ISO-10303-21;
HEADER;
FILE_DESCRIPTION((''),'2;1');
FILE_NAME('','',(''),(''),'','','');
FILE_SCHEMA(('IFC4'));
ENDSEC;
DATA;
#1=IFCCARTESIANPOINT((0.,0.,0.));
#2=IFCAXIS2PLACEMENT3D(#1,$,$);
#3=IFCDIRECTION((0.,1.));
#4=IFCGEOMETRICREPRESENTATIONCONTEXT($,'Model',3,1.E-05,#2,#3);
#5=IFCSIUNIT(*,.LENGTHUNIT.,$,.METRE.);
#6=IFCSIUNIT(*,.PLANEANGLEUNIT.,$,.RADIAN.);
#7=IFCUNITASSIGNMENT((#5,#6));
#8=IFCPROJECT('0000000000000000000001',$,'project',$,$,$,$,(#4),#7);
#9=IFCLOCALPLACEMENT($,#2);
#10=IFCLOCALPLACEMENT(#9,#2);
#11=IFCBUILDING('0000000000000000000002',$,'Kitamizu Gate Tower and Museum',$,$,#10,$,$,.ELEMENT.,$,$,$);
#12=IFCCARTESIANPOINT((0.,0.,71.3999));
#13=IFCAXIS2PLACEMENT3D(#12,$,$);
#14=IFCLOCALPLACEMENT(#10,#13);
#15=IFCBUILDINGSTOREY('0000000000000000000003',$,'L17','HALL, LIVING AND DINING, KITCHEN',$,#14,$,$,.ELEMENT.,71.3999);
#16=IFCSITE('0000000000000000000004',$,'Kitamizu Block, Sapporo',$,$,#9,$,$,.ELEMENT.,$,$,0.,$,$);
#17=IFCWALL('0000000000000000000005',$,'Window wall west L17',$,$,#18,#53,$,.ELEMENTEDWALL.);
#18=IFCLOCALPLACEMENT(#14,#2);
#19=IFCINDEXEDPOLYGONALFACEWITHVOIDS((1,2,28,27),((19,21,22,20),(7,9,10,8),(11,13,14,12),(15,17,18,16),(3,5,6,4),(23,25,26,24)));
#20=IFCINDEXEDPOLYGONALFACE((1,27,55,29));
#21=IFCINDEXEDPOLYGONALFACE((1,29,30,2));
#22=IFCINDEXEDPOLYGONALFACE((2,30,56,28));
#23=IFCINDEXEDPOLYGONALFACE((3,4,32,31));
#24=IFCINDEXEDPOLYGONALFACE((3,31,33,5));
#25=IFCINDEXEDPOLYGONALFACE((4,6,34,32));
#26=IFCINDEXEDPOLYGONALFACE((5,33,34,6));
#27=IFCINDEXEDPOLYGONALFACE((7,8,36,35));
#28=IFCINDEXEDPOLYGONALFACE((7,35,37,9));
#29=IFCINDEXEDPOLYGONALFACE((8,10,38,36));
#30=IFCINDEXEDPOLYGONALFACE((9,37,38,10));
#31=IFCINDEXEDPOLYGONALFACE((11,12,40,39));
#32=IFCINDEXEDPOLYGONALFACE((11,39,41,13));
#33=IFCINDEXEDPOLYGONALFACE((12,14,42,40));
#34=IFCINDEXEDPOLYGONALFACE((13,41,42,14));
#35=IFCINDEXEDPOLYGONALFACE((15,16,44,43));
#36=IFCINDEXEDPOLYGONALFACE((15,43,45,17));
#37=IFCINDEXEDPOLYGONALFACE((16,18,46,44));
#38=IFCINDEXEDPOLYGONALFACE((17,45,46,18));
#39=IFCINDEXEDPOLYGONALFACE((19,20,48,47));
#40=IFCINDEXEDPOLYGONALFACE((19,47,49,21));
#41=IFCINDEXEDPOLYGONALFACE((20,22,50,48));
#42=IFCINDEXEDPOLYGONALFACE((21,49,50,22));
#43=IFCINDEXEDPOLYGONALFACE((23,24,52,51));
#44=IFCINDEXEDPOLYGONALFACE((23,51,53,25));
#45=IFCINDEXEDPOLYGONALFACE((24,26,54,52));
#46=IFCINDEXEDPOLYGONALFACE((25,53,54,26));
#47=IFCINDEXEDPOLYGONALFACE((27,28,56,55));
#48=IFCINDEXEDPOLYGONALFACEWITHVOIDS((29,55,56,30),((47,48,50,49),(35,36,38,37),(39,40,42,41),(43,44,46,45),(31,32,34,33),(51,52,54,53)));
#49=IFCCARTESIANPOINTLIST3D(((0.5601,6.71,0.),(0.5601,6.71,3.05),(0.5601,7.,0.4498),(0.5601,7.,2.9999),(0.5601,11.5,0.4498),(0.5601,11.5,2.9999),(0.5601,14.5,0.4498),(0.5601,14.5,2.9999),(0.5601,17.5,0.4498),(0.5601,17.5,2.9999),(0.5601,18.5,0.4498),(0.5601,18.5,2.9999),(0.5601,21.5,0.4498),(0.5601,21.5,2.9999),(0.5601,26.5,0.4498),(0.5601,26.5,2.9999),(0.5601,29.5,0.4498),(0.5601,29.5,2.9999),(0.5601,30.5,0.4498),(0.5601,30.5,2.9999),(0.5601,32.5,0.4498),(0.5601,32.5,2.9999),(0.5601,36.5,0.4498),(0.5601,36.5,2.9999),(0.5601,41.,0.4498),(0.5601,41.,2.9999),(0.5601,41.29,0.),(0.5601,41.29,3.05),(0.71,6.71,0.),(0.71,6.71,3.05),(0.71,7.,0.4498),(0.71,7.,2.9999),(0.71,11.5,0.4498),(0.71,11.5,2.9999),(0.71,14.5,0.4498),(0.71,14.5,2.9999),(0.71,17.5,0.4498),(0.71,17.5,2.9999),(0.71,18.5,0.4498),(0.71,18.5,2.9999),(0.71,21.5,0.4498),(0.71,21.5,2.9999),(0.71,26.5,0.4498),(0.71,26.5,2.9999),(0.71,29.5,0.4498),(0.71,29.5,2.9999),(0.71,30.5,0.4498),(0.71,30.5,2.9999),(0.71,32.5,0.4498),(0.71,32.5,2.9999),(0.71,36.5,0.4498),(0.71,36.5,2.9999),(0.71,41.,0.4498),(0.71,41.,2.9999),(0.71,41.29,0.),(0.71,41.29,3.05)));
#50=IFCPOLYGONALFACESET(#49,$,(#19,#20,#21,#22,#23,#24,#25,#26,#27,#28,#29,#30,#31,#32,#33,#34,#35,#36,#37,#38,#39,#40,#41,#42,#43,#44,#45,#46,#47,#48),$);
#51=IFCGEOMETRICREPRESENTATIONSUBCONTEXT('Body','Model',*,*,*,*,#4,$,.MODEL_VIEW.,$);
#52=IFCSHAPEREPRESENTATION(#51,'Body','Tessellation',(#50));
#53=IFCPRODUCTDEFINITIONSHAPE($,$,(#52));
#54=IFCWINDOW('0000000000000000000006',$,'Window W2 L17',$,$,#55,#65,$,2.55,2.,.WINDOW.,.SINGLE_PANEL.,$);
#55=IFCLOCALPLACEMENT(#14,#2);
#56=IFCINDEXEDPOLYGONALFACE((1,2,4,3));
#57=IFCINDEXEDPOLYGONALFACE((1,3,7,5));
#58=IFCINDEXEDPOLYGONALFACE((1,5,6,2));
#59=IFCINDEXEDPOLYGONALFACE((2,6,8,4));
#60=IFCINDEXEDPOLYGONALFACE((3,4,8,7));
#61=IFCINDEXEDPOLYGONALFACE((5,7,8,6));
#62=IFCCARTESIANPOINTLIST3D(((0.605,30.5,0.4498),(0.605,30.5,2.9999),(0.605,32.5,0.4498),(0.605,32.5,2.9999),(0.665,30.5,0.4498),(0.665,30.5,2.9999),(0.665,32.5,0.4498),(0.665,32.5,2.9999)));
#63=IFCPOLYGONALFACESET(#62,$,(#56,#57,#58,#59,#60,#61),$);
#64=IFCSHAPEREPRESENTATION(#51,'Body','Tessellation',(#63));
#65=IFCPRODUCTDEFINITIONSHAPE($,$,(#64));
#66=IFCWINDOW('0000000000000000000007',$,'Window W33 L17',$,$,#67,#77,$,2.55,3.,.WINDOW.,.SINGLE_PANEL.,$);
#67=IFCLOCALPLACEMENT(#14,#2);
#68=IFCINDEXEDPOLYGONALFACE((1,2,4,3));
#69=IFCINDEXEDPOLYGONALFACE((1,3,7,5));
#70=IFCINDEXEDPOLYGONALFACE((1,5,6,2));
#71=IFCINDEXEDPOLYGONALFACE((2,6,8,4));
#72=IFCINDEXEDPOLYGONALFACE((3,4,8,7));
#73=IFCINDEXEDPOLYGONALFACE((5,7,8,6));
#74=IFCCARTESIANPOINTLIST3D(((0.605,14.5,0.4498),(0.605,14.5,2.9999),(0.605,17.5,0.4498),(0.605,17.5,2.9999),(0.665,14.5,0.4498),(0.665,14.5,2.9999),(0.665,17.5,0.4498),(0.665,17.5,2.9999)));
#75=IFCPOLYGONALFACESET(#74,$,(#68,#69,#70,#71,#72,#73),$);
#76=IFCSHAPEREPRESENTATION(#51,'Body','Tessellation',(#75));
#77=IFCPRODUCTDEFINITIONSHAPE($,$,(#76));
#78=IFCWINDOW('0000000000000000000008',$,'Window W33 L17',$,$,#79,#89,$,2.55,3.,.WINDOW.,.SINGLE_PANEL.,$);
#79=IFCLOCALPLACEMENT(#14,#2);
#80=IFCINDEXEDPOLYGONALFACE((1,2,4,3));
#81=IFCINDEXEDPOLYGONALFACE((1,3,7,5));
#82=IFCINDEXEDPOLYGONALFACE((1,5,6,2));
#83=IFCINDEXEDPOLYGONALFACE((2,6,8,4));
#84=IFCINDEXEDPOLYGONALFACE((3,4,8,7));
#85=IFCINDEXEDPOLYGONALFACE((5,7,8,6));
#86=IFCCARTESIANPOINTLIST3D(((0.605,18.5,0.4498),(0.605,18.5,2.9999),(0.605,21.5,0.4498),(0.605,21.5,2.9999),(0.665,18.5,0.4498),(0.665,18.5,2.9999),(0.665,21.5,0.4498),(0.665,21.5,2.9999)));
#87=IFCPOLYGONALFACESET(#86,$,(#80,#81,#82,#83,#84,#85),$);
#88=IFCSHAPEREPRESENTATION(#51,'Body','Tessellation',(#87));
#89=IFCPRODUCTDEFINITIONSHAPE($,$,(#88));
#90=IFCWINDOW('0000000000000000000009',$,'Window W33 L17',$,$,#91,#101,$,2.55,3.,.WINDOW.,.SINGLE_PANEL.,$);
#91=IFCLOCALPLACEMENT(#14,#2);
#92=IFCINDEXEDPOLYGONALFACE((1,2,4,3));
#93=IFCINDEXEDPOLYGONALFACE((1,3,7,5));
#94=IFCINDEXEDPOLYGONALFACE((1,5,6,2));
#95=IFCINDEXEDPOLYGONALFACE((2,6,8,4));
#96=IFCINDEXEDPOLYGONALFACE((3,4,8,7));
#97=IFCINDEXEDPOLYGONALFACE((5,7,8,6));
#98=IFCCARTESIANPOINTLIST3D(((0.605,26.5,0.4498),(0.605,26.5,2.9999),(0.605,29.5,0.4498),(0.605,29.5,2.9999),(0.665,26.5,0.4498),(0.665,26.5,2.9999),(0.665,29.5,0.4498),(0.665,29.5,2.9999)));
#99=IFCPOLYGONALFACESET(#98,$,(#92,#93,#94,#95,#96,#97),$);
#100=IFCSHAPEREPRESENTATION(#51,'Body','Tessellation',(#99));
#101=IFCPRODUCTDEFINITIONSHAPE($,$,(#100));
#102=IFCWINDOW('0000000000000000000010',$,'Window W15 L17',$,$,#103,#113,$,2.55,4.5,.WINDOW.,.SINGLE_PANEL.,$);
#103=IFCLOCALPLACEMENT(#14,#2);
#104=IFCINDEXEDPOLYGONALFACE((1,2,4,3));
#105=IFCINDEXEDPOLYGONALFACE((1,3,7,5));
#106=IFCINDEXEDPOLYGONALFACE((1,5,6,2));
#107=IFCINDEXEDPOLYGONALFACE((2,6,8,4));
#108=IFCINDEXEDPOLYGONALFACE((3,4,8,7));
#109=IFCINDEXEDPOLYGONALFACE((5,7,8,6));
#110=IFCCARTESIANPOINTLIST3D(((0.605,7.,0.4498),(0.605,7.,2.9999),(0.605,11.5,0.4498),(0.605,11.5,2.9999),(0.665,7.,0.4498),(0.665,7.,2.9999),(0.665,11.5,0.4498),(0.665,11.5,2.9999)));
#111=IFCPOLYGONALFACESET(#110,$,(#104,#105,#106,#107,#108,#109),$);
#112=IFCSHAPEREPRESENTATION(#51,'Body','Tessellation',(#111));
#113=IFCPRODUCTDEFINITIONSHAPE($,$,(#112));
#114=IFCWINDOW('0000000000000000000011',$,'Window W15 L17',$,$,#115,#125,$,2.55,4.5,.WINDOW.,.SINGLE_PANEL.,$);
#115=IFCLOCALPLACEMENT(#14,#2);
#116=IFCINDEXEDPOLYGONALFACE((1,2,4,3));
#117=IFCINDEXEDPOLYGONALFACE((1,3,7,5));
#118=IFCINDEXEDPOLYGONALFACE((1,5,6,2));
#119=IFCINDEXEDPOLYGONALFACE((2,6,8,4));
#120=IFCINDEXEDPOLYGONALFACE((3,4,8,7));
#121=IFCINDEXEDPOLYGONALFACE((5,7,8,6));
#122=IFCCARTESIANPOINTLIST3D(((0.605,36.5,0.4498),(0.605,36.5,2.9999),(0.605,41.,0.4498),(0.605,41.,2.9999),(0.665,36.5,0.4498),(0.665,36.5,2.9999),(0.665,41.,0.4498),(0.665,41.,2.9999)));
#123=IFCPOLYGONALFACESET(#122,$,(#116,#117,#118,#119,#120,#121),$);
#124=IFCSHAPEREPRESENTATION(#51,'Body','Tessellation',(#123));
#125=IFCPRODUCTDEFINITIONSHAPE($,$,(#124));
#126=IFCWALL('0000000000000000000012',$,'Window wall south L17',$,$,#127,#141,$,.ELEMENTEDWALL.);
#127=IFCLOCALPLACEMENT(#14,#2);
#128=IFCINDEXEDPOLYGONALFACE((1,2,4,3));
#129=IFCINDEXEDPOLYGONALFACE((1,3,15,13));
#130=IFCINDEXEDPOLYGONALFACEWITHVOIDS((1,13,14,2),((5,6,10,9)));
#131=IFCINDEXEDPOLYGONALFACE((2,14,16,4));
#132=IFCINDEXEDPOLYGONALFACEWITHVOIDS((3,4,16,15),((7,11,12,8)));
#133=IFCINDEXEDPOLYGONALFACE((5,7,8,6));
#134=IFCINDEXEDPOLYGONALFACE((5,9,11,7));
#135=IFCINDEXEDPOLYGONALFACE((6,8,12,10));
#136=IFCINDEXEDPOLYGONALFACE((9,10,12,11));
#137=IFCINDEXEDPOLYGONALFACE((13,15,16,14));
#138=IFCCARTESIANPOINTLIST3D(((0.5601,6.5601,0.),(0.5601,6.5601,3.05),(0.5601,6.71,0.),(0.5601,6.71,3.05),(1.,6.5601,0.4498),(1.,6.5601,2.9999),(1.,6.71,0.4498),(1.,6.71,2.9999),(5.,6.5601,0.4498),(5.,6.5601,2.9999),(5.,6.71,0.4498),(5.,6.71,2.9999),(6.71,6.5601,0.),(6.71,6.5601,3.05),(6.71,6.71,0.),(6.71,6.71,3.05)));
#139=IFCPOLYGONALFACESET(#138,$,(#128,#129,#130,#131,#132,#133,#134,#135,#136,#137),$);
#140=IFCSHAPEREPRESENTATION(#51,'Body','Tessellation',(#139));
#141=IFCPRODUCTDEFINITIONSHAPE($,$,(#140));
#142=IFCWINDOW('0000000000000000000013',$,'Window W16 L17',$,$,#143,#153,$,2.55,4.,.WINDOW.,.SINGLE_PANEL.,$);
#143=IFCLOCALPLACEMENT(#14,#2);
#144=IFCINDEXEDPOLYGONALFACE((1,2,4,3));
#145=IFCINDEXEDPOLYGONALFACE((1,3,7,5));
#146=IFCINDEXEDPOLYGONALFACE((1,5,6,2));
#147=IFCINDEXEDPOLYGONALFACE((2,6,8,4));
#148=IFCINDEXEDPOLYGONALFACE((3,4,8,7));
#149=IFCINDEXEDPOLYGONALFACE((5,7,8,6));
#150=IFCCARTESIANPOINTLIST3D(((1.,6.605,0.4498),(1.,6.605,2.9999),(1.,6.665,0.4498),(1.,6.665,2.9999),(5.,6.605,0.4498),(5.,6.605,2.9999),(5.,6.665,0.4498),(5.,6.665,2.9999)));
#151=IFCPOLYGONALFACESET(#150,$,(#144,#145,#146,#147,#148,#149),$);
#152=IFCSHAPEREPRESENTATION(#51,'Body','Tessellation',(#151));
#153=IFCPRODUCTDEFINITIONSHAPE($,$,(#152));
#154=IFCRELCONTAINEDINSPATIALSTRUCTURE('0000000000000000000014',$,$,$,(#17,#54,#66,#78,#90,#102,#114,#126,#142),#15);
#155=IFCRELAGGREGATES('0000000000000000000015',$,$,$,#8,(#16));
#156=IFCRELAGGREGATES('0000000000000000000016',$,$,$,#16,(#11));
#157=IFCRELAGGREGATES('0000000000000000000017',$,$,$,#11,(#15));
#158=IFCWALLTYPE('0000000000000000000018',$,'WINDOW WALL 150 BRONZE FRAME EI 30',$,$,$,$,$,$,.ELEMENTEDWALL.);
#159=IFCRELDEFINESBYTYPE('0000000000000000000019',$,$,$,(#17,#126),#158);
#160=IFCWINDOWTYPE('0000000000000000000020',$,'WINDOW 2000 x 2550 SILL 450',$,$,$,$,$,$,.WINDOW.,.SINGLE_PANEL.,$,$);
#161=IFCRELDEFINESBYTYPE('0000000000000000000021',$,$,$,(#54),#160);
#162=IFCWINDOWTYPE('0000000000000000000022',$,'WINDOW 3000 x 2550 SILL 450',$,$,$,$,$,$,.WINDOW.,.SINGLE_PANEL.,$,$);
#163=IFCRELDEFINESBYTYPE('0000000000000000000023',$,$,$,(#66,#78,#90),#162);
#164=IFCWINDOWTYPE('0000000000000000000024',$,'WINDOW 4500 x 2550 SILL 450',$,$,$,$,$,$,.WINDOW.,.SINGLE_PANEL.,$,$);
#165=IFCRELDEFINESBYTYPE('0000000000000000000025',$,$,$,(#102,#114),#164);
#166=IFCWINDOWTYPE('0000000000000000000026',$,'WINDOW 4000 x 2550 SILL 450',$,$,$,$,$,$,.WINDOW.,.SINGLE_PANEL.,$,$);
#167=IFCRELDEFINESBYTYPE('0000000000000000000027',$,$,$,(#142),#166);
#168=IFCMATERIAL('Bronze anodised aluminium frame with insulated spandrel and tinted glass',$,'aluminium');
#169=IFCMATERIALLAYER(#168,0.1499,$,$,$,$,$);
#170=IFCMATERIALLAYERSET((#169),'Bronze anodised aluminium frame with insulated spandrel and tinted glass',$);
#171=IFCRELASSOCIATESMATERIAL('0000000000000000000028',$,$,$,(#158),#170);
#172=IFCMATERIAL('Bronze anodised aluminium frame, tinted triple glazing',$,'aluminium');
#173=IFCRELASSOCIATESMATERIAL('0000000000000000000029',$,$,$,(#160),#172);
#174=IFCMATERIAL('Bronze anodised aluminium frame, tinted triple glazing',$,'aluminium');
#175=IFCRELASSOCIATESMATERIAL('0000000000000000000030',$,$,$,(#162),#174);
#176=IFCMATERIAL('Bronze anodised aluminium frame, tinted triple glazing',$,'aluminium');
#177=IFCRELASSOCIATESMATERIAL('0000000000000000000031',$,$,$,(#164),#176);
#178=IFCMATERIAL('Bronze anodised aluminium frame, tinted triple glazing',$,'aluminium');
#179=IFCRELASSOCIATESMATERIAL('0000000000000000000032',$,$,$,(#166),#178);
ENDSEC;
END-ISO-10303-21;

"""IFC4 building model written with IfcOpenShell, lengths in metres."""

from ifc_helpers import new_model, si_unit, direction, frame, frame_2d, origin, place, context, subcontext, project, spatial, rectangle, extrude, material, layer, layer_set, type_object, element, fill, save


model = new_model("IFC4")

# Units and contexts
model_context = context("Model", 3, precision=1e-05, world=origin(), true_north=direction((0.0, 1.0)))
body_context = subcontext(model_context, "Body", "Model", "MODEL_VIEW")
ifc_project = project(units=[si_unit("LENGTHUNIT", "METRE"), si_unit("PLANEANGLEUNIT", "RADIAN")], contexts=[model_context])

# Site, building, storey
site_placement = place(None, origin())
site = spatial("IfcSite", under=ifc_project, at=site_placement, Name="Kitamizu Block, Sapporo", CompositionType="ELEMENT", RefElevation=0.0)
building_placement = place(site_placement, origin())
building = spatial("IfcBuilding", under=site, at=building_placement, Name="Kitamizu Gate Tower and Museum", CompositionType="ELEMENT")
storey_placement = place(building_placement, frame((0.0, 0.0, 71.3999)))
storey = spatial("IfcBuildingStorey", under=building, at=storey_placement, Name="L17", Description="HALL, LIVING AND DINING, KITCHEN", CompositionType="ELEMENT", Elevation=71.3999)

# Wall, openings, windows
ifc_material_1 = material(Name="Bronze anodised aluminium frame with insulated spandrel and tinted glass", Category="aluminium")
ifc_layer_1 = layer(ifc_material_1, 0.1499)
ifc_layer_set_1 = layer_set([ifc_layer_1], Name="Bronze anodised aluminium frame with insulated spandrel and tinted glass")
wall_type = type_object("IfcWallType", Name="WINDOW WALL 150 BRONZE FRAME EI 30", PredefinedType="ELEMENTEDWALL", material=ifc_layer_set_1)
ifc_material_2 = material(Name="Bronze anodised aluminium frame, tinted triple glazing", Category="aluminium")
window_type_1 = type_object("IfcWindowType", Name="WINDOW 2000 x 2550 SILL 450", PartitioningType="SINGLE_PANEL", PredefinedType="WINDOW", material=ifc_material_2)
ifc_material_3 = material(Name="Bronze anodised aluminium frame, tinted triple glazing", Category="aluminium")
window_type_2 = type_object("IfcWindowType", Name="WINDOW 3000 x 2550 SILL 450", PartitioningType="SINGLE_PANEL", PredefinedType="WINDOW", material=ifc_material_3)
ifc_material_4 = material(Name="Bronze anodised aluminium frame, tinted triple glazing", Category="aluminium")
window_type_3 = type_object("IfcWindowType", Name="WINDOW 4500 x 2550 SILL 450", PartitioningType="SINGLE_PANEL", PredefinedType="WINDOW", material=ifc_material_4)
wall_1_placement = place(storey_placement, frame((0.635, 6.71, 0.0), z_axis=(0.0, 0.0, 1.0), x_axis=(0.0, 1.0, 0.0)))
wall_1 = element("IfcWall", 1, at=wall_1_placement, inside=storey, type_object=wall_type, Name="Window wall west L17", PredefinedType="ELEMENTEDWALL", context=body_context, shape_type="SweptSolid", body=[
    extrude(rectangle(XDim=34.5801, YDim=0.1499, at=frame_2d((17.29, 0.0))), origin(), (0.0, 0.0, 1.0), 3.05),
])
opening_1_placement = place(wall_1_placement, frame((0.29, 0.0, 0.45)))
opening_1 = element("IfcOpeningElement", 2, at=opening_1_placement, cuts=wall_1, PredefinedType="OPENING", context=body_context, shape_type="SweptSolid", body=[
    extrude(rectangle(XDim=4.5, YDim=2.55, at=frame_2d((2.25, 1.2749))), frame((0.0, 0.085, 0.0), z_axis=(0.0, -1.0, 0.0), x_axis=(1.0, 0.0, 0.0)), (0.0, 0.0, 1.0), 0.1699),
])
opening_2_placement = place(wall_1_placement, frame((7.79, 0.0, 0.45)))
opening_2 = element("IfcOpeningElement", 3, at=opening_2_placement, cuts=wall_1, PredefinedType="OPENING", context=body_context, shape_type="SweptSolid", body=[
    extrude(rectangle(XDim=3.0, YDim=2.55, at=frame_2d((1.5, 1.2749))), frame((0.0, 0.085, 0.0), z_axis=(0.0, -1.0, 0.0), x_axis=(1.0, 0.0, 0.0)), (0.0, 0.0, 1.0), 0.1699),
])
opening_3_placement = place(wall_1_placement, frame((11.79, 0.0, 0.45)))
opening_3 = element("IfcOpeningElement", 4, at=opening_3_placement, cuts=wall_1, PredefinedType="OPENING", context=body_context, shape_type="SweptSolid", body=[
    extrude(rectangle(XDim=3.0, YDim=2.55, at=frame_2d((1.5, 1.2749))), frame((0.0, 0.085, 0.0), z_axis=(0.0, -1.0, 0.0), x_axis=(1.0, 0.0, 0.0)), (0.0, 0.0, 1.0), 0.1699),
])
opening_4_placement = place(wall_1_placement, frame((19.79, 0.0, 0.45)))
opening_4 = element("IfcOpeningElement", 5, at=opening_4_placement, cuts=wall_1, PredefinedType="OPENING", context=body_context, shape_type="SweptSolid", body=[
    extrude(rectangle(XDim=3.0, YDim=2.55, at=frame_2d((1.5, 1.2749))), frame((0.0, 0.085, 0.0), z_axis=(0.0, -1.0, 0.0), x_axis=(1.0, 0.0, 0.0)), (0.0, 0.0, 1.0), 0.1699),
])
opening_5_placement = place(wall_1_placement, frame((23.79, 0.0, 0.45)))
opening_5 = element("IfcOpeningElement", 6, at=opening_5_placement, cuts=wall_1, PredefinedType="OPENING", context=body_context, shape_type="SweptSolid", body=[
    extrude(rectangle(XDim=2.0, YDim=2.55, at=frame_2d((1.0, 1.2749))), frame((0.0, 0.085, 0.0), z_axis=(0.0, -1.0, 0.0), x_axis=(1.0, 0.0, 0.0)), (0.0, 0.0, 1.0), 0.1699),
])
opening_6_placement = place(wall_1_placement, frame((29.79, 0.0, 0.45)))
opening_6 = element("IfcOpeningElement", 7, at=opening_6_placement, cuts=wall_1, PredefinedType="OPENING", context=body_context, shape_type="SweptSolid", body=[
    extrude(rectangle(XDim=4.5, YDim=2.55, at=frame_2d((2.25, 1.2749))), frame((0.0, 0.085, 0.0), z_axis=(0.0, -1.0, 0.0), x_axis=(1.0, 0.0, 0.0)), (0.0, 0.0, 1.0), 0.1699),
])
window_1_placement = place(opening_5_placement, origin())
window_1 = element("IfcWindow", 8, at=window_1_placement, inside=storey, type_object=window_type_1, Name="Window W2 L17", OverallHeight=2.55, OverallWidth=2.0, PartitioningType="SINGLE_PANEL", PredefinedType="WINDOW", context=body_context, shape_type="SweptSolid", body=[
    extrude(rectangle(XDim=2.0, YDim=2.55, at=frame_2d((1.0, 1.2749))), frame((0.0, 0.03, 0.0), z_axis=(0.0, -1.0, 0.0), x_axis=(1.0, 0.0, 0.0)), (0.0, 0.0, 1.0), 0.0601),
])
fill(opening_5, window_1)
window_2_placement = place(opening_2_placement, origin())
window_2 = element("IfcWindow", 9, at=window_2_placement, inside=storey, type_object=window_type_2, Name="Window W33 L17", OverallHeight=2.55, OverallWidth=3.0, PartitioningType="SINGLE_PANEL", PredefinedType="WINDOW", context=body_context, shape_type="SweptSolid", body=[
    extrude(rectangle(XDim=3.0, YDim=2.55, at=frame_2d((1.5, 1.2749))), frame((0.0, 0.03, 0.0), z_axis=(0.0, -1.0, 0.0), x_axis=(1.0, 0.0, 0.0)), (0.0, 0.0, 1.0), 0.0601),
])
fill(opening_2, window_2)
window_3_placement = place(opening_3_placement, origin())
window_3 = element("IfcWindow", 10, at=window_3_placement, inside=storey, type_object=window_type_2, Name="Window W33 L17", OverallHeight=2.55, OverallWidth=3.0, PartitioningType="SINGLE_PANEL", PredefinedType="WINDOW", context=body_context, shape_type="SweptSolid", body=[
    extrude(rectangle(XDim=3.0, YDim=2.55, at=frame_2d((1.5, 1.2749))), frame((0.0, 0.03, 0.0), z_axis=(0.0, -1.0, 0.0), x_axis=(1.0, 0.0, 0.0)), (0.0, 0.0, 1.0), 0.0601),
])
fill(opening_3, window_3)
window_4_placement = place(opening_4_placement, origin())
window_4 = element("IfcWindow", 11, at=window_4_placement, inside=storey, type_object=window_type_2, Name="Window W33 L17", OverallHeight=2.55, OverallWidth=3.0, PartitioningType="SINGLE_PANEL", PredefinedType="WINDOW", context=body_context, shape_type="SweptSolid", body=[
    extrude(rectangle(XDim=3.0, YDim=2.55, at=frame_2d((1.5, 1.2749))), frame((0.0, 0.03, 0.0), z_axis=(0.0, -1.0, 0.0), x_axis=(1.0, 0.0, 0.0)), (0.0, 0.0, 1.0), 0.0601),
])
fill(opening_4, window_4)
window_5_placement = place(opening_1_placement, origin())
window_5 = element("IfcWindow", 12, at=window_5_placement, inside=storey, type_object=window_type_3, Name="Window W15 L17", OverallHeight=2.55, OverallWidth=4.5, PartitioningType="SINGLE_PANEL", PredefinedType="WINDOW", context=body_context, shape_type="SweptSolid", body=[
    extrude(rectangle(XDim=4.5, YDim=2.55, at=frame_2d((2.25, 1.2749))), frame((0.0, 0.03, 0.0), z_axis=(0.0, -1.0, 0.0), x_axis=(1.0, 0.0, 0.0)), (0.0, 0.0, 1.0), 0.0601),
])
fill(opening_1, window_5)
window_6_placement = place(opening_6_placement, origin())
window_6 = element("IfcWindow", 13, at=window_6_placement, inside=storey, type_object=window_type_3, Name="Window W15 L17", OverallHeight=2.55, OverallWidth=4.5, PartitioningType="SINGLE_PANEL", PredefinedType="WINDOW", context=body_context, shape_type="SweptSolid", body=[
    extrude(rectangle(XDim=4.5, YDim=2.55, at=frame_2d((2.25, 1.2749))), frame((0.0, 0.03, 0.0), z_axis=(0.0, -1.0, 0.0), x_axis=(1.0, 0.0, 0.0)), (0.0, 0.0, 1.0), 0.0601),
])
fill(opening_6, window_6)

# Wall, opening, window
wall_2_placement = place(storey_placement, frame((0.5601, 6.635, 0.0), z_axis=(0.0, 0.0, 1.0), x_axis=(1.0, 0.0, 0.0)))
wall_2 = element("IfcWall", 14, at=wall_2_placement, inside=storey, type_object=wall_type, Name="Window wall south L17", PredefinedType="ELEMENTEDWALL", context=body_context, shape_type="SweptSolid", body=[
    extrude(rectangle(XDim=6.1499, YDim=0.1499, at=frame_2d((3.075, 0.0))), origin(), (0.0, 0.0, 1.0), 3.05),
])
opening_7_placement = place(wall_2_placement, frame((0.4399, 0.0, 0.45)))
opening_7 = element("IfcOpeningElement", 15, at=opening_7_placement, cuts=wall_2, PredefinedType="OPENING", context=body_context, shape_type="SweptSolid", body=[
    extrude(rectangle(XDim=4.0, YDim=2.55, at=frame_2d((2.0, 1.2749))), frame((0.0, 0.085, 0.0), z_axis=(0.0, -1.0, 0.0), x_axis=(1.0, 0.0, 0.0)), (0.0, 0.0, 1.0), 0.1699),
])
ifc_material_5 = material(Name="Bronze anodised aluminium frame, tinted triple glazing", Category="aluminium")
window_type_4 = type_object("IfcWindowType", Name="WINDOW 4000 x 2550 SILL 450", PartitioningType="SINGLE_PANEL", PredefinedType="WINDOW", material=ifc_material_5)
window_7_placement = place(opening_7_placement, origin())
window_7 = element("IfcWindow", 16, at=window_7_placement, inside=storey, type_object=window_type_4, Name="Window W16 L17", OverallHeight=2.55, OverallWidth=4.0, PartitioningType="SINGLE_PANEL", PredefinedType="WINDOW", context=body_context, shape_type="SweptSolid", body=[
    extrude(rectangle(XDim=4.0, YDim=2.55, at=frame_2d((2.0, 1.2749))), frame((0.0, 0.03, 0.0), z_axis=(0.0, -1.0, 0.0), x_axis=(1.0, 0.0, 0.0)), (0.0, 0.0, 1.0), 0.0601),
])
fill(opening_7, window_7)

save(model, "model.ifc")
